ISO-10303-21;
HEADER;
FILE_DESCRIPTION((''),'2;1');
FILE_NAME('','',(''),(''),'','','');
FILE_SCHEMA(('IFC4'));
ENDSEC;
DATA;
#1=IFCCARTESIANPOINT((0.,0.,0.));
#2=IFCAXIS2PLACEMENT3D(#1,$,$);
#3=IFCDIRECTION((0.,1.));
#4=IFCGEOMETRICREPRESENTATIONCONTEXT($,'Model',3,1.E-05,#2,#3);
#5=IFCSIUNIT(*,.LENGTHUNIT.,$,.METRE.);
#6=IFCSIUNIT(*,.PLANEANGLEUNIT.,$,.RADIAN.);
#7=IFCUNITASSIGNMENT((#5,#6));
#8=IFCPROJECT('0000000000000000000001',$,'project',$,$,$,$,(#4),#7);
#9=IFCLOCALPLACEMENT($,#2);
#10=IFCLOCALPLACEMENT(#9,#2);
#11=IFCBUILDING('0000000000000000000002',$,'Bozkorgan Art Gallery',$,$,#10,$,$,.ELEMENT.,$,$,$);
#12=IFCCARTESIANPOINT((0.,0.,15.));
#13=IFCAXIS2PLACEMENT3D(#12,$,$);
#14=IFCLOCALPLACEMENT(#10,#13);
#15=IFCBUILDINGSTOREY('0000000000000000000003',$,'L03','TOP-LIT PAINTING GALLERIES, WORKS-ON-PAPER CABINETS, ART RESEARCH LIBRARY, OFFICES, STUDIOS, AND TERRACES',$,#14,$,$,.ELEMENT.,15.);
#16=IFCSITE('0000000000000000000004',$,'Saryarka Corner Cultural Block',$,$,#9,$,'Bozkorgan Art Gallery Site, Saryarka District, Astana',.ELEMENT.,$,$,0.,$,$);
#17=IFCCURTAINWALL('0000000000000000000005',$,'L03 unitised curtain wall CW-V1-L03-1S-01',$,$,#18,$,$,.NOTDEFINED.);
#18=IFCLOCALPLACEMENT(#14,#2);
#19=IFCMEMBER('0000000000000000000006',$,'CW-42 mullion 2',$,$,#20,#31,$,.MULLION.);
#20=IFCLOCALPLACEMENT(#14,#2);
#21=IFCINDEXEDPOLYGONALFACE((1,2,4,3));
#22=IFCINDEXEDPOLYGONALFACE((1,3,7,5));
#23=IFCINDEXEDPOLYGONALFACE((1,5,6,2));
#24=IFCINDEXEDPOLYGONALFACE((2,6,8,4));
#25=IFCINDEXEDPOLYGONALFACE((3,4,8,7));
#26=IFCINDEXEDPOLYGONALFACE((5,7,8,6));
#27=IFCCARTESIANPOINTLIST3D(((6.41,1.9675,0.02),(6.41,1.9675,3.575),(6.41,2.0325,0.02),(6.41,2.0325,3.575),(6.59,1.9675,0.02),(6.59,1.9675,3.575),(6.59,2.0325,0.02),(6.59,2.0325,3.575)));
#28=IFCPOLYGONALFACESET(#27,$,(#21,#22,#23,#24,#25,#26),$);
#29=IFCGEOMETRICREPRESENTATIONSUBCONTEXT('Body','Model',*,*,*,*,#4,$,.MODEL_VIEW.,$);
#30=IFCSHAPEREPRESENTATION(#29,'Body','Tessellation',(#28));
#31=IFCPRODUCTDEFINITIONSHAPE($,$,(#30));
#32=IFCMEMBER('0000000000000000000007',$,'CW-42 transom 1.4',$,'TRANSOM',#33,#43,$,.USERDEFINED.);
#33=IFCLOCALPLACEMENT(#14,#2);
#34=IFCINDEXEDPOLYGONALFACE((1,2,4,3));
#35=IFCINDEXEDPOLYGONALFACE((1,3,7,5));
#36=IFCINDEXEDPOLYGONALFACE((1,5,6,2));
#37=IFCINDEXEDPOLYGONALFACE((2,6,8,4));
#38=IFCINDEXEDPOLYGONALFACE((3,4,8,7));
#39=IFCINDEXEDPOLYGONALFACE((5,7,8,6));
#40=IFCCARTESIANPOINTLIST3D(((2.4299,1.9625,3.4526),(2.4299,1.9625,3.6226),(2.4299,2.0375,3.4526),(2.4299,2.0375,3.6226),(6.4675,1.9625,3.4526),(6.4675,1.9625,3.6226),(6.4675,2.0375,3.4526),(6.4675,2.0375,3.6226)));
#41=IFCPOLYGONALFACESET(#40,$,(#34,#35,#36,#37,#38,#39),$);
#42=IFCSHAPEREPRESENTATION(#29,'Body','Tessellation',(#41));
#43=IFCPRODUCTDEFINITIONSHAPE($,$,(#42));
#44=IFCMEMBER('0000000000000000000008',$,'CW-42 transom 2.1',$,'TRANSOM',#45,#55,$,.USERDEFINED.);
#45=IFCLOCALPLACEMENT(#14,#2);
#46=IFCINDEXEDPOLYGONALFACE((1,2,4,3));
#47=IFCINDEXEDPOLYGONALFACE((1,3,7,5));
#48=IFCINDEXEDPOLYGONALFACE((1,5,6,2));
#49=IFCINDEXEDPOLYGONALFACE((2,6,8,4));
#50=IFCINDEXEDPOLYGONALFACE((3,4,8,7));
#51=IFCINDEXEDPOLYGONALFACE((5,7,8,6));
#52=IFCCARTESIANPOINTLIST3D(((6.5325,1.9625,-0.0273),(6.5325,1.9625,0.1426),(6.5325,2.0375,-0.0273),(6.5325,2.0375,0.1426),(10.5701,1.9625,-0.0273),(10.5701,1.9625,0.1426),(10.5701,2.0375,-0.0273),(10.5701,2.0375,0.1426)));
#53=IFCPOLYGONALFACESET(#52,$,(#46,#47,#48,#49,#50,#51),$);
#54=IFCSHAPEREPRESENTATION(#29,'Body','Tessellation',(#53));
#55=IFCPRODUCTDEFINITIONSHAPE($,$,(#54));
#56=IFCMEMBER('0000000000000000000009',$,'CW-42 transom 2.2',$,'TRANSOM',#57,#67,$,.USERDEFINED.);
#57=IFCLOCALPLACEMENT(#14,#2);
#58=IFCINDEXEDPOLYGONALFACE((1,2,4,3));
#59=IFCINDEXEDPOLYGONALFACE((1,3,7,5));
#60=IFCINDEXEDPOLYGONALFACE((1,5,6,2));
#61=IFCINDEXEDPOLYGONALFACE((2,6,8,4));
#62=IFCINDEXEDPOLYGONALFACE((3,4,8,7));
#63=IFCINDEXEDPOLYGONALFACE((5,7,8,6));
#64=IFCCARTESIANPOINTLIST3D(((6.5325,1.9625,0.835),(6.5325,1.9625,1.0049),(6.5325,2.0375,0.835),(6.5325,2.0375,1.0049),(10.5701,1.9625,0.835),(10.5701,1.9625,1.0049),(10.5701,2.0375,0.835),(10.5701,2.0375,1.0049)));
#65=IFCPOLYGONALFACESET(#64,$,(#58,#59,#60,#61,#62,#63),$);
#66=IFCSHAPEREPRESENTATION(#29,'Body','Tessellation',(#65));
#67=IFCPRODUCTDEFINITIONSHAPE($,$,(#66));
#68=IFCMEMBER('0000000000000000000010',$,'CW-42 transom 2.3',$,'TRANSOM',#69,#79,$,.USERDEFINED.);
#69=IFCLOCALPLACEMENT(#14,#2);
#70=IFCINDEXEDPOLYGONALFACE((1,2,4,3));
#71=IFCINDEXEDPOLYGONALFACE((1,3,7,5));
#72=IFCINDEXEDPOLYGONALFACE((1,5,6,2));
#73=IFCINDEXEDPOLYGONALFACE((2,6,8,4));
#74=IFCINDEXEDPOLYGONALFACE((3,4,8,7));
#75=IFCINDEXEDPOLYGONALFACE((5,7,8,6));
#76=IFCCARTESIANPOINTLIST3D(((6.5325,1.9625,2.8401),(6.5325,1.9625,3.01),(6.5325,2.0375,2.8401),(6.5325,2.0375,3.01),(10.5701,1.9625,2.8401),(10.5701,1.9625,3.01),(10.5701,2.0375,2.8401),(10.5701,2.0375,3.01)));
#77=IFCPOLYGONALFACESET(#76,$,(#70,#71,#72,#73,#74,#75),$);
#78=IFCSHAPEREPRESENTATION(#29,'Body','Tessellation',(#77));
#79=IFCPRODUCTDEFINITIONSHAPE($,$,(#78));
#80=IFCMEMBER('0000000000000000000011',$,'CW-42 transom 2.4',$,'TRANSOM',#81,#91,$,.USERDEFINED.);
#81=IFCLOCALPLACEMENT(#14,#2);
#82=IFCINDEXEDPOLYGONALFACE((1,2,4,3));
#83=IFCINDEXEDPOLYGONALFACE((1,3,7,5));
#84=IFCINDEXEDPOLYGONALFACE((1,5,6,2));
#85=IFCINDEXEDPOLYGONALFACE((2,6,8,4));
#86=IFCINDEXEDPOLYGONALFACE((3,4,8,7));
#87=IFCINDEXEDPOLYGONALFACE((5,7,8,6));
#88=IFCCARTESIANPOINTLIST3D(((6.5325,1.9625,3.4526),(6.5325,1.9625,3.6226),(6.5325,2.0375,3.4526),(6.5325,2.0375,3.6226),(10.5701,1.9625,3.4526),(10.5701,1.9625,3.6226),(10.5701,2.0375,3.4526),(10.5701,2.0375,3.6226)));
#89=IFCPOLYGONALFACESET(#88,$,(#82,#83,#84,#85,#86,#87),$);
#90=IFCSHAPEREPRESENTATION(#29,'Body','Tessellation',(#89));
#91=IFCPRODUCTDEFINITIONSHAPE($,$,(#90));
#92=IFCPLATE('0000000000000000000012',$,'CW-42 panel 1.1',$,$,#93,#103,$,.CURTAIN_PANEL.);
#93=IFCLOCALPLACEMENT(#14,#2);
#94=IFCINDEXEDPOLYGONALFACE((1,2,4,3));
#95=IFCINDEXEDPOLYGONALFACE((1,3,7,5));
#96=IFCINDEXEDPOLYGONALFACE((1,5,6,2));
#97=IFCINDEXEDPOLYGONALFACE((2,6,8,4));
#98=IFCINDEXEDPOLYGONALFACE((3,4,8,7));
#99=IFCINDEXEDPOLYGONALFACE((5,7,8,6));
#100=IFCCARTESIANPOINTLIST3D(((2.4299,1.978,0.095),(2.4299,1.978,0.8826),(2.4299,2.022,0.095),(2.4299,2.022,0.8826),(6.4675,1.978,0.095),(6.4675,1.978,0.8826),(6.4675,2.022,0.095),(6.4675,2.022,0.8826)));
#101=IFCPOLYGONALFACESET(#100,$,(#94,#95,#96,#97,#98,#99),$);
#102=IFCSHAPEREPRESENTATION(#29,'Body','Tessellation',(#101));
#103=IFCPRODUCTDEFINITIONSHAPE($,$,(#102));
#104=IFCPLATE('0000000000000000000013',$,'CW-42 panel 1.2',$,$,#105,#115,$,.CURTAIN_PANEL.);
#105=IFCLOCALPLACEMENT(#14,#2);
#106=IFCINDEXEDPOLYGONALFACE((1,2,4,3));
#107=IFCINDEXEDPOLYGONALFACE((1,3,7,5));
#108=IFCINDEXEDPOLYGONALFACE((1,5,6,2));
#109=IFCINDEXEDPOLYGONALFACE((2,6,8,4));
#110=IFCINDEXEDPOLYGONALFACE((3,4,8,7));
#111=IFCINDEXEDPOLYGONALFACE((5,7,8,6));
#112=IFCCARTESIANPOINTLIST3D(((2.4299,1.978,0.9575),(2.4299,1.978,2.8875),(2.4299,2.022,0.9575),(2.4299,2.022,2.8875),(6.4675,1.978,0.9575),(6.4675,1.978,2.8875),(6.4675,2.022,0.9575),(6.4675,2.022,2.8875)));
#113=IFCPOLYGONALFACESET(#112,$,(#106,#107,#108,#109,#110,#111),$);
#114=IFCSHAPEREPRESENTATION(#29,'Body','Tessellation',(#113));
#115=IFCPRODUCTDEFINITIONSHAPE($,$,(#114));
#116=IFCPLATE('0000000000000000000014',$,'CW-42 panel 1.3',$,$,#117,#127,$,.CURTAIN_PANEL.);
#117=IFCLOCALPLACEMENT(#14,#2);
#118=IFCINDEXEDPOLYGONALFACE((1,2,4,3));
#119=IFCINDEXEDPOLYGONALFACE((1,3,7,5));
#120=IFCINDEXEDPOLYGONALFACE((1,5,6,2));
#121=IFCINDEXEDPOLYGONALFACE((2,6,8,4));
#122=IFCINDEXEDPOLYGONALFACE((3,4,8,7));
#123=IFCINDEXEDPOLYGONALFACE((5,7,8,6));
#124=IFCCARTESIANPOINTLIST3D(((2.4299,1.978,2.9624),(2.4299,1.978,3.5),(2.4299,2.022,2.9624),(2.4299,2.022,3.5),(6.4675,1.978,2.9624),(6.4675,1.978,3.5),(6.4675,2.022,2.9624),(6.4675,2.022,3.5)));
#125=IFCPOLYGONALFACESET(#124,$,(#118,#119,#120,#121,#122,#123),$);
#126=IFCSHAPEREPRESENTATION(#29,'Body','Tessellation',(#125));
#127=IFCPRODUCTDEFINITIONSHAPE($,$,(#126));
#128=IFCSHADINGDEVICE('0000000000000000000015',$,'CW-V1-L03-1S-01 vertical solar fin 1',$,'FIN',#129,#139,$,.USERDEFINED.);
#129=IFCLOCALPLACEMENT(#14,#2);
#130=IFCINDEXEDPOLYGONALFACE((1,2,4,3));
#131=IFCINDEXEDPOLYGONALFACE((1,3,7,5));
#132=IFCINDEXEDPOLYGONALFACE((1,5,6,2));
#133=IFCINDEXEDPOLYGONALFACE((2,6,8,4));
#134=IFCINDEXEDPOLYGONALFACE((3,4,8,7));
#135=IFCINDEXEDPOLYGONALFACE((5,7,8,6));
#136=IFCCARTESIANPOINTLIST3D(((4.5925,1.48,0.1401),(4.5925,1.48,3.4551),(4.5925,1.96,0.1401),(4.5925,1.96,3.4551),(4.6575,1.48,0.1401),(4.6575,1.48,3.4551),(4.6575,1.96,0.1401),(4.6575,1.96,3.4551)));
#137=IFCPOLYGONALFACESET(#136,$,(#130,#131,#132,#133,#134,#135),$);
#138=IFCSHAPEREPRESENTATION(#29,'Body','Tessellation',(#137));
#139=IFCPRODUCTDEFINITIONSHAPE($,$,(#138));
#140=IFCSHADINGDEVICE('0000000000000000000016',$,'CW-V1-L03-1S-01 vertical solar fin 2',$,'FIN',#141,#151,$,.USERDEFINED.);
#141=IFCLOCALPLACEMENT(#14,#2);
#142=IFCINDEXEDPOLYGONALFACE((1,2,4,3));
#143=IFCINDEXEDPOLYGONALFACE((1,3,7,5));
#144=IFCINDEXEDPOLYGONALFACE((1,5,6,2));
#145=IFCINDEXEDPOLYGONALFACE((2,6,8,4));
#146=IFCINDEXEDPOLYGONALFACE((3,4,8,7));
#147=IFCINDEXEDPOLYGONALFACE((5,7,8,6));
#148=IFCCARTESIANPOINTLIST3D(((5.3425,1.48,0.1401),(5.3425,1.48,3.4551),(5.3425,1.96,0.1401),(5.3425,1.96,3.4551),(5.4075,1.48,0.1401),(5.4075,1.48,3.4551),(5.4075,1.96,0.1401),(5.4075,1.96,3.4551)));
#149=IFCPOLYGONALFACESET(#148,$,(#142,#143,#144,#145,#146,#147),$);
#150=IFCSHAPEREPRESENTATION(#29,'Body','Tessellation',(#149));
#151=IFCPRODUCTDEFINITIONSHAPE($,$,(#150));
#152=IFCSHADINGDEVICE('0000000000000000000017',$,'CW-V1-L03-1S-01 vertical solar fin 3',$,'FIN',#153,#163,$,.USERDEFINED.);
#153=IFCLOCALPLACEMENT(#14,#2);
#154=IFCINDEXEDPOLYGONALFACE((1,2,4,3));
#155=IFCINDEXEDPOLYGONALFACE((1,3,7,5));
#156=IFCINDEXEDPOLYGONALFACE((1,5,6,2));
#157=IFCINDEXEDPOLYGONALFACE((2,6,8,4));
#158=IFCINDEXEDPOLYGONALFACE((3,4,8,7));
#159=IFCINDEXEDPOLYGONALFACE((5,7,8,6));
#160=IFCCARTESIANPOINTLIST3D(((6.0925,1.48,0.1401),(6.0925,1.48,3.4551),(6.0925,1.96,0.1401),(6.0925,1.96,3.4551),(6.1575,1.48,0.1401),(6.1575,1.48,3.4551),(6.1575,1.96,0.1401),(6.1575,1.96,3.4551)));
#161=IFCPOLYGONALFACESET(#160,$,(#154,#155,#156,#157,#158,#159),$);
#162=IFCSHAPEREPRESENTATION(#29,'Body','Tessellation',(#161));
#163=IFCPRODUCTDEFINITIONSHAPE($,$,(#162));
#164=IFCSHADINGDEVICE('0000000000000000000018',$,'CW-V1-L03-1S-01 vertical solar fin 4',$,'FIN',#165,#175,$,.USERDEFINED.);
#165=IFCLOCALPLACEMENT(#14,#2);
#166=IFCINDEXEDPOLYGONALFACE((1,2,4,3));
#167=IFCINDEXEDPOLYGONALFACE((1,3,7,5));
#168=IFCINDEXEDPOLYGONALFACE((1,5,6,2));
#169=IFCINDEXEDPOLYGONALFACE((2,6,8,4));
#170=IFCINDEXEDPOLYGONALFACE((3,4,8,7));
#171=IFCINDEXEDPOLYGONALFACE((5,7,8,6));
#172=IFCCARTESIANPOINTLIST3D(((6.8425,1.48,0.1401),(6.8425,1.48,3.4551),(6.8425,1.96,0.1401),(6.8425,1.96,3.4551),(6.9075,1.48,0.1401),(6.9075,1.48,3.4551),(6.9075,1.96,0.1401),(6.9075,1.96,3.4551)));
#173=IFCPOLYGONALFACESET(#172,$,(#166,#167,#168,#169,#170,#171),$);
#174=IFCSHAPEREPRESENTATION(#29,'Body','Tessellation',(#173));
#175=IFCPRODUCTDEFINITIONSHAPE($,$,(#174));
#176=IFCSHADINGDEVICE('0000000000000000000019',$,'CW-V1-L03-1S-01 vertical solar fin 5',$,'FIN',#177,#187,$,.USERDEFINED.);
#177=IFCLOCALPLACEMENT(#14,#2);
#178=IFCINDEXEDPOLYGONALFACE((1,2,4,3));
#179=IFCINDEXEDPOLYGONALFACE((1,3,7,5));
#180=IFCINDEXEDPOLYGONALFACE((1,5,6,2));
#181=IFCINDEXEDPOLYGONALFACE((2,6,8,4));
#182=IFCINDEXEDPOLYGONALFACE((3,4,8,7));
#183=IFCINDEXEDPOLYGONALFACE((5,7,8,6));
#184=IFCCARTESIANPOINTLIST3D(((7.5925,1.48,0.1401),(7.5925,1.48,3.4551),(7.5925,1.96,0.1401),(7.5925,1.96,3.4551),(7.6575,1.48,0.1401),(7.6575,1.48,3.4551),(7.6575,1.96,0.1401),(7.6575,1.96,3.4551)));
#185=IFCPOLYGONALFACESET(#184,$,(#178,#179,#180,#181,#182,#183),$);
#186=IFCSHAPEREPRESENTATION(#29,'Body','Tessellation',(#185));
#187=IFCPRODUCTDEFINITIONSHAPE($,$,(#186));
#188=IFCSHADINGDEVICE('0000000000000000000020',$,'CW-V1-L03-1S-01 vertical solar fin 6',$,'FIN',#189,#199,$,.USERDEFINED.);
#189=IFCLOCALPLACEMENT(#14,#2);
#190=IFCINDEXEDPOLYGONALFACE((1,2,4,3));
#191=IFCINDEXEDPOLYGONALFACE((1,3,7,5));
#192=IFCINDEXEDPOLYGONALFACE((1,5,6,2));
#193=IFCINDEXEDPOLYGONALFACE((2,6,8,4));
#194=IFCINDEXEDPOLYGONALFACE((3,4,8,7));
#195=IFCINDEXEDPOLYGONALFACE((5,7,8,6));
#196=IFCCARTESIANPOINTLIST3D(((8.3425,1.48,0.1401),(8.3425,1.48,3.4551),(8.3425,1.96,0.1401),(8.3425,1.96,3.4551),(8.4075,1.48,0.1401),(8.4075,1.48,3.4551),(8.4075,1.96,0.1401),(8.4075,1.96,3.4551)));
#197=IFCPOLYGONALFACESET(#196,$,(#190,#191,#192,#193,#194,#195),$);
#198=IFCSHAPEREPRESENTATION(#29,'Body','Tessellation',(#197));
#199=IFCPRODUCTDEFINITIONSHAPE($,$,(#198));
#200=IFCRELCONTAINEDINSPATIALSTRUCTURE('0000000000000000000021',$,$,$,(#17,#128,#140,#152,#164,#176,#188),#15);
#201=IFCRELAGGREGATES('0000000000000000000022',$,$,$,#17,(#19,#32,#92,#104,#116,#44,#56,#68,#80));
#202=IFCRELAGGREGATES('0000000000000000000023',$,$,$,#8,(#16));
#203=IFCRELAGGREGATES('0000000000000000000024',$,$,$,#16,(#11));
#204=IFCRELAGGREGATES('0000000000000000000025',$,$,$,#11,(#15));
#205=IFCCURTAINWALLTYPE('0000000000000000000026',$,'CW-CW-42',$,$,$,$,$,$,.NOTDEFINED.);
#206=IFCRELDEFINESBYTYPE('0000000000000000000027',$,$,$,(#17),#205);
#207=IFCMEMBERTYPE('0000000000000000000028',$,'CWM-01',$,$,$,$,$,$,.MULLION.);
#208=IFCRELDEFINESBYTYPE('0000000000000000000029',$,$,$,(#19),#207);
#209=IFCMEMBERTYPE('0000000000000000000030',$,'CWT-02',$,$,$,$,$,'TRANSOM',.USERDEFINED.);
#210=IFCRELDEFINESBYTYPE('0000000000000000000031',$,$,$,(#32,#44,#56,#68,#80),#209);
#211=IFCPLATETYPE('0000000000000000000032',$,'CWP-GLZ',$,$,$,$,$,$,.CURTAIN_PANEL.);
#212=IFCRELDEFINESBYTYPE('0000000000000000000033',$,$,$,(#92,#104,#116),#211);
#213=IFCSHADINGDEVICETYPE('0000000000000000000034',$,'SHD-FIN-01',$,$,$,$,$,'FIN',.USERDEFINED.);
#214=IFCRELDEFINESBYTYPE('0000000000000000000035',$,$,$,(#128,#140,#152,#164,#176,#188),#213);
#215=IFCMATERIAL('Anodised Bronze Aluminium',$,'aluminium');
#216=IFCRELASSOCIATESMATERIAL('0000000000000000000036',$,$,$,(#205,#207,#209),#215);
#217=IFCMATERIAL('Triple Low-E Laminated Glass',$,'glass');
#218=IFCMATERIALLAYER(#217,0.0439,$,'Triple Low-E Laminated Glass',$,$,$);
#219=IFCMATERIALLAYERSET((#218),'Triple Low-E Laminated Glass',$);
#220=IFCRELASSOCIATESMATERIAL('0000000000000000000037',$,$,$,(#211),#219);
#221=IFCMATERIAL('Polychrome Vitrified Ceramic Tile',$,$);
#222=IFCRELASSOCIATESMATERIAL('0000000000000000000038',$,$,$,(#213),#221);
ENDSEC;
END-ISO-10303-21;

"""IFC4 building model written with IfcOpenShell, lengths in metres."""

from ifc_helpers import new_model, si_unit, direction, frame, origin, origin_2d, place, context, subcontext, project, spatial, rectangle, extrude, material, layer, layer_set, material_profile, profile_set, type_object, element, aggregate, save


model = new_model("IFC4")

# Units and contexts
model_context = context("Model", 3, precision=1e-05, world=origin(), true_north=direction((0.0, 1.0)))
body_context = subcontext(model_context, "Body", "Model", "MODEL_VIEW")
ifc_project = project(units=[si_unit("LENGTHUNIT", "METRE"), si_unit("PLANEANGLEUNIT", "RADIAN")], contexts=[model_context])

# Site, building, storey
site_placement = place(None, origin())
site = spatial("IfcSite", under=ifc_project, at=site_placement, Name="Saryarka Corner Cultural Block", LongName="Bozkorgan Art Gallery Site, Saryarka District, Astana", CompositionType="ELEMENT", RefElevation=0.0)
building_placement = place(site_placement, origin())
building = spatial("IfcBuilding", under=site, at=building_placement, Name="Bozkorgan Art Gallery", CompositionType="ELEMENT")
storey_placement = place(building_placement, frame((0.0, 0.0, 15.0)))
storey = spatial("IfcBuildingStorey", under=building, at=storey_placement, Name="L03", Description="TOP-LIT PAINTING GALLERIES, WORKS-ON-PAPER CABINETS, ART RESEARCH LIBRARY, OFFICES, STUDIOS, AND TERRACES", CompositionType="ELEMENT", Elevation=15.0)

# Curtain wall, members, plates
ifc_material_1 = material(Name="Anodised Bronze Aluminium", Category="aluminium")
curtain_wall_type = type_object("IfcCurtainWallType", Name="CW-CW-42", PredefinedType="NOTDEFINED", material=ifc_material_1)
curtain_wall_placement = place(storey_placement, origin())
curtain_wall = element("IfcCurtainWall", 1, at=curtain_wall_placement, inside=storey, type_object=curtain_wall_type, Name="L03 unitised curtain wall CW-V1-L03-1S-01", PredefinedType="NOTDEFINED")
ifc_material_profile_1 = material_profile(ifc_material_1, rectangle(XDim=0.0649, YDim=0.1799, at=origin_2d()), Name="ALU MULLION 65x180")
ifc_profile_set_1 = profile_set([ifc_material_profile_1], Name="Anodised Bronze Aluminium")
member_type_1 = type_object("IfcMemberType", Name="CWM-01", PredefinedType="MULLION", material=ifc_profile_set_1)
member_1_placement = place(storey_placement, frame((6.5, 2.0, 0.02), z_axis=(0.0, 0.0, 1.0), x_axis=(0.0, 1.0, 0.0)))
member_1 = element("IfcMember", 2, at=member_1_placement, type_object=member_type_1, Name="CW-42 mullion 2", PredefinedType="MULLION", context=body_context, shape_type="SweptSolid", body=[
    extrude(rectangle(XDim=0.0649, YDim=0.1799, at=origin_2d()), origin(), (0.0, 0.0, 1.0), 3.5549),
])
ifc_material_profile_2 = material_profile(ifc_material_1, rectangle(XDim=0.075, YDim=0.1699, at=origin_2d()), Name="ALU TRANSOM 75x170")
ifc_profile_set_2 = profile_set([ifc_material_profile_2], Name="Anodised Bronze Aluminium")
member_type_2 = type_object("IfcMemberType", Name="CWT-02", ElementType="TRANSOM", PredefinedType="USERDEFINED", material=ifc_profile_set_2)
member_2_placement = place(storey_placement, frame((2.4299, 2.0, 3.5376), z_axis=(1.0, 0.0, 0.0), x_axis=(0.0, 1.0, 0.0)))
member_2 = element("IfcMember", 3, at=member_2_placement, type_object=member_type_2, Name="CW-42 transom 1.4", ObjectType="TRANSOM", PredefinedType="USERDEFINED", context=body_context, shape_type="SweptSolid", body=[
    extrude(rectangle(XDim=0.075, YDim=0.1699, at=origin_2d()), origin(), (0.0, 0.0, 1.0), 4.0376),
])
member_3_placement = place(storey_placement, frame((6.5325, 2.0, 0.0576), z_axis=(1.0, 0.0, 0.0), x_axis=(0.0, 1.0, 0.0)))
member_3 = element("IfcMember", 4, at=member_3_placement, type_object=member_type_2, Name="CW-42 transom 2.1", ObjectType="TRANSOM", PredefinedType="USERDEFINED", context=body_context, shape_type="SweptSolid", body=[
    extrude(rectangle(XDim=0.075, YDim=0.1699, at=origin_2d()), origin(), (0.0, 0.0, 1.0), 4.0376),
])
member_4_placement = place(storey_placement, frame((6.5325, 2.0, 0.9199), z_axis=(1.0, 0.0, 0.0), x_axis=(0.0, 1.0, 0.0)))
member_4 = element("IfcMember", 5, at=member_4_placement, type_object=member_type_2, Name="CW-42 transom 2.2", ObjectType="TRANSOM", PredefinedType="USERDEFINED", context=body_context, shape_type="SweptSolid", body=[
    extrude(rectangle(XDim=0.075, YDim=0.1699, at=origin_2d()), origin(), (0.0, 0.0, 1.0), 4.0376),
])
member_5_placement = place(storey_placement, frame((6.5325, 2.0, 2.925), z_axis=(1.0, 0.0, 0.0), x_axis=(0.0, 1.0, 0.0)))
member_5 = element("IfcMember", 6, at=member_5_placement, type_object=member_type_2, Name="CW-42 transom 2.3", ObjectType="TRANSOM", PredefinedType="USERDEFINED", context=body_context, shape_type="SweptSolid", body=[
    extrude(rectangle(XDim=0.075, YDim=0.1699, at=origin_2d()), origin(), (0.0, 0.0, 1.0), 4.0376),
])
member_6_placement = place(storey_placement, frame((6.5325, 2.0, 3.5376), z_axis=(1.0, 0.0, 0.0), x_axis=(0.0, 1.0, 0.0)))
member_6 = element("IfcMember", 7, at=member_6_placement, type_object=member_type_2, Name="CW-42 transom 2.4", ObjectType="TRANSOM", PredefinedType="USERDEFINED", context=body_context, shape_type="SweptSolid", body=[
    extrude(rectangle(XDim=0.075, YDim=0.1699, at=origin_2d()), origin(), (0.0, 0.0, 1.0), 4.0376),
])
ifc_material_2 = material(Name="Triple Low-E Laminated Glass", Category="glass")
ifc_layer = layer(ifc_material_2, 0.0439, Name="Triple Low-E Laminated Glass")
ifc_layer_set = layer_set([ifc_layer], Name="Triple Low-E Laminated Glass")
plate_type = type_object("IfcPlateType", Name="CWP-GLZ", PredefinedType="CURTAIN_PANEL", material=ifc_layer_set)
plate_1_placement = place(storey_placement, frame((4.4487, 2.0, 0.095), z_axis=(0.0, 0.0, 1.0), x_axis=(1.0, 0.0, 0.0)))
plate_1 = element("IfcPlate", 8, at=plate_1_placement, type_object=plate_type, Name="CW-42 panel 1.1", PredefinedType="CURTAIN_PANEL", context=body_context, shape_type="SweptSolid", body=[
    extrude(rectangle(XDim=4.0376, YDim=0.0439, at=origin_2d()), origin(), (0.0, 0.0, 1.0), 0.7876),
])
plate_2_placement = place(storey_placement, frame((4.4487, 2.0, 0.9575), z_axis=(0.0, 0.0, 1.0), x_axis=(1.0, 0.0, 0.0)))
plate_2 = element("IfcPlate", 9, at=plate_2_placement, type_object=plate_type, Name="CW-42 panel 1.2", PredefinedType="CURTAIN_PANEL", context=body_context, shape_type="SweptSolid", body=[
    extrude(rectangle(XDim=4.0376, YDim=0.0439, at=origin_2d()), origin(), (0.0, 0.0, 1.0), 1.9299),
])
plate_3_placement = place(storey_placement, frame((4.4487, 2.0, 2.9624), z_axis=(0.0, 0.0, 1.0), x_axis=(1.0, 0.0, 0.0)))
plate_3 = element("IfcPlate", 10, at=plate_3_placement, type_object=plate_type, Name="CW-42 panel 1.3", PredefinedType="CURTAIN_PANEL", context=body_context, shape_type="SweptSolid", body=[
    extrude(rectangle(XDim=4.0376, YDim=0.0439, at=origin_2d()), origin(), (0.0, 0.0, 1.0), 0.5376),
])
aggregate(curtain_wall, [member_1, member_2, plate_1, plate_2, plate_3, member_3, member_4, member_5, member_6])

# Shading devices
ifc_material_3 = material(Name="Polychrome Vitrified Ceramic Tile")
shading_device_type = type_object("IfcShadingDeviceType", Name="SHD-FIN-01", ElementType="FIN", PredefinedType="USERDEFINED", material=ifc_material_3)
for number, where, z_axis, x_axis, name in (
    (11, (4.625, 1.72, 0.1401), (0.0, 0.0, 1.0), (0.0, -1.0, 0.0), "CW-V1-L03-1S-01 vertical solar fin 1"),
    (12, (5.375, 1.72, 0.1401), (0.0, 0.0, 1.0), (0.0, -1.0, 0.0), "CW-V1-L03-1S-01 vertical solar fin 2"),
    (13, (6.125, 1.72, 0.1401), (0.0, 0.0, 1.0), (0.0, -1.0, 0.0), "CW-V1-L03-1S-01 vertical solar fin 3"),
    (14, (6.875, 1.72, 0.1401), (0.0, 0.0, 1.0), (0.0, -1.0, 0.0), "CW-V1-L03-1S-01 vertical solar fin 4"),
    (15, (7.625, 1.72, 0.1401), (0.0, 0.0, 1.0), (0.0, -1.0, 0.0), "CW-V1-L03-1S-01 vertical solar fin 5"),
    (16, (8.375, 1.72, 0.1401), (0.0, 0.0, 1.0), (0.0, -1.0, 0.0), "CW-V1-L03-1S-01 vertical solar fin 6"),
):
    element("IfcShadingDevice", number, at=place(storey_placement, frame(where, z_axis=z_axis, x_axis=x_axis)), inside=storey, type_object=shading_device_type, Name=name, ObjectType="FIN", PredefinedType="USERDEFINED", context=body_context, shape_type="SweptSolid", body=[
        extrude(rectangle(XDim=0.48, YDim=0.0649, at=origin_2d()), origin(), (0.0, 0.0, 1.0), 3.3149),
    ])

save(model, "model.ifc")
